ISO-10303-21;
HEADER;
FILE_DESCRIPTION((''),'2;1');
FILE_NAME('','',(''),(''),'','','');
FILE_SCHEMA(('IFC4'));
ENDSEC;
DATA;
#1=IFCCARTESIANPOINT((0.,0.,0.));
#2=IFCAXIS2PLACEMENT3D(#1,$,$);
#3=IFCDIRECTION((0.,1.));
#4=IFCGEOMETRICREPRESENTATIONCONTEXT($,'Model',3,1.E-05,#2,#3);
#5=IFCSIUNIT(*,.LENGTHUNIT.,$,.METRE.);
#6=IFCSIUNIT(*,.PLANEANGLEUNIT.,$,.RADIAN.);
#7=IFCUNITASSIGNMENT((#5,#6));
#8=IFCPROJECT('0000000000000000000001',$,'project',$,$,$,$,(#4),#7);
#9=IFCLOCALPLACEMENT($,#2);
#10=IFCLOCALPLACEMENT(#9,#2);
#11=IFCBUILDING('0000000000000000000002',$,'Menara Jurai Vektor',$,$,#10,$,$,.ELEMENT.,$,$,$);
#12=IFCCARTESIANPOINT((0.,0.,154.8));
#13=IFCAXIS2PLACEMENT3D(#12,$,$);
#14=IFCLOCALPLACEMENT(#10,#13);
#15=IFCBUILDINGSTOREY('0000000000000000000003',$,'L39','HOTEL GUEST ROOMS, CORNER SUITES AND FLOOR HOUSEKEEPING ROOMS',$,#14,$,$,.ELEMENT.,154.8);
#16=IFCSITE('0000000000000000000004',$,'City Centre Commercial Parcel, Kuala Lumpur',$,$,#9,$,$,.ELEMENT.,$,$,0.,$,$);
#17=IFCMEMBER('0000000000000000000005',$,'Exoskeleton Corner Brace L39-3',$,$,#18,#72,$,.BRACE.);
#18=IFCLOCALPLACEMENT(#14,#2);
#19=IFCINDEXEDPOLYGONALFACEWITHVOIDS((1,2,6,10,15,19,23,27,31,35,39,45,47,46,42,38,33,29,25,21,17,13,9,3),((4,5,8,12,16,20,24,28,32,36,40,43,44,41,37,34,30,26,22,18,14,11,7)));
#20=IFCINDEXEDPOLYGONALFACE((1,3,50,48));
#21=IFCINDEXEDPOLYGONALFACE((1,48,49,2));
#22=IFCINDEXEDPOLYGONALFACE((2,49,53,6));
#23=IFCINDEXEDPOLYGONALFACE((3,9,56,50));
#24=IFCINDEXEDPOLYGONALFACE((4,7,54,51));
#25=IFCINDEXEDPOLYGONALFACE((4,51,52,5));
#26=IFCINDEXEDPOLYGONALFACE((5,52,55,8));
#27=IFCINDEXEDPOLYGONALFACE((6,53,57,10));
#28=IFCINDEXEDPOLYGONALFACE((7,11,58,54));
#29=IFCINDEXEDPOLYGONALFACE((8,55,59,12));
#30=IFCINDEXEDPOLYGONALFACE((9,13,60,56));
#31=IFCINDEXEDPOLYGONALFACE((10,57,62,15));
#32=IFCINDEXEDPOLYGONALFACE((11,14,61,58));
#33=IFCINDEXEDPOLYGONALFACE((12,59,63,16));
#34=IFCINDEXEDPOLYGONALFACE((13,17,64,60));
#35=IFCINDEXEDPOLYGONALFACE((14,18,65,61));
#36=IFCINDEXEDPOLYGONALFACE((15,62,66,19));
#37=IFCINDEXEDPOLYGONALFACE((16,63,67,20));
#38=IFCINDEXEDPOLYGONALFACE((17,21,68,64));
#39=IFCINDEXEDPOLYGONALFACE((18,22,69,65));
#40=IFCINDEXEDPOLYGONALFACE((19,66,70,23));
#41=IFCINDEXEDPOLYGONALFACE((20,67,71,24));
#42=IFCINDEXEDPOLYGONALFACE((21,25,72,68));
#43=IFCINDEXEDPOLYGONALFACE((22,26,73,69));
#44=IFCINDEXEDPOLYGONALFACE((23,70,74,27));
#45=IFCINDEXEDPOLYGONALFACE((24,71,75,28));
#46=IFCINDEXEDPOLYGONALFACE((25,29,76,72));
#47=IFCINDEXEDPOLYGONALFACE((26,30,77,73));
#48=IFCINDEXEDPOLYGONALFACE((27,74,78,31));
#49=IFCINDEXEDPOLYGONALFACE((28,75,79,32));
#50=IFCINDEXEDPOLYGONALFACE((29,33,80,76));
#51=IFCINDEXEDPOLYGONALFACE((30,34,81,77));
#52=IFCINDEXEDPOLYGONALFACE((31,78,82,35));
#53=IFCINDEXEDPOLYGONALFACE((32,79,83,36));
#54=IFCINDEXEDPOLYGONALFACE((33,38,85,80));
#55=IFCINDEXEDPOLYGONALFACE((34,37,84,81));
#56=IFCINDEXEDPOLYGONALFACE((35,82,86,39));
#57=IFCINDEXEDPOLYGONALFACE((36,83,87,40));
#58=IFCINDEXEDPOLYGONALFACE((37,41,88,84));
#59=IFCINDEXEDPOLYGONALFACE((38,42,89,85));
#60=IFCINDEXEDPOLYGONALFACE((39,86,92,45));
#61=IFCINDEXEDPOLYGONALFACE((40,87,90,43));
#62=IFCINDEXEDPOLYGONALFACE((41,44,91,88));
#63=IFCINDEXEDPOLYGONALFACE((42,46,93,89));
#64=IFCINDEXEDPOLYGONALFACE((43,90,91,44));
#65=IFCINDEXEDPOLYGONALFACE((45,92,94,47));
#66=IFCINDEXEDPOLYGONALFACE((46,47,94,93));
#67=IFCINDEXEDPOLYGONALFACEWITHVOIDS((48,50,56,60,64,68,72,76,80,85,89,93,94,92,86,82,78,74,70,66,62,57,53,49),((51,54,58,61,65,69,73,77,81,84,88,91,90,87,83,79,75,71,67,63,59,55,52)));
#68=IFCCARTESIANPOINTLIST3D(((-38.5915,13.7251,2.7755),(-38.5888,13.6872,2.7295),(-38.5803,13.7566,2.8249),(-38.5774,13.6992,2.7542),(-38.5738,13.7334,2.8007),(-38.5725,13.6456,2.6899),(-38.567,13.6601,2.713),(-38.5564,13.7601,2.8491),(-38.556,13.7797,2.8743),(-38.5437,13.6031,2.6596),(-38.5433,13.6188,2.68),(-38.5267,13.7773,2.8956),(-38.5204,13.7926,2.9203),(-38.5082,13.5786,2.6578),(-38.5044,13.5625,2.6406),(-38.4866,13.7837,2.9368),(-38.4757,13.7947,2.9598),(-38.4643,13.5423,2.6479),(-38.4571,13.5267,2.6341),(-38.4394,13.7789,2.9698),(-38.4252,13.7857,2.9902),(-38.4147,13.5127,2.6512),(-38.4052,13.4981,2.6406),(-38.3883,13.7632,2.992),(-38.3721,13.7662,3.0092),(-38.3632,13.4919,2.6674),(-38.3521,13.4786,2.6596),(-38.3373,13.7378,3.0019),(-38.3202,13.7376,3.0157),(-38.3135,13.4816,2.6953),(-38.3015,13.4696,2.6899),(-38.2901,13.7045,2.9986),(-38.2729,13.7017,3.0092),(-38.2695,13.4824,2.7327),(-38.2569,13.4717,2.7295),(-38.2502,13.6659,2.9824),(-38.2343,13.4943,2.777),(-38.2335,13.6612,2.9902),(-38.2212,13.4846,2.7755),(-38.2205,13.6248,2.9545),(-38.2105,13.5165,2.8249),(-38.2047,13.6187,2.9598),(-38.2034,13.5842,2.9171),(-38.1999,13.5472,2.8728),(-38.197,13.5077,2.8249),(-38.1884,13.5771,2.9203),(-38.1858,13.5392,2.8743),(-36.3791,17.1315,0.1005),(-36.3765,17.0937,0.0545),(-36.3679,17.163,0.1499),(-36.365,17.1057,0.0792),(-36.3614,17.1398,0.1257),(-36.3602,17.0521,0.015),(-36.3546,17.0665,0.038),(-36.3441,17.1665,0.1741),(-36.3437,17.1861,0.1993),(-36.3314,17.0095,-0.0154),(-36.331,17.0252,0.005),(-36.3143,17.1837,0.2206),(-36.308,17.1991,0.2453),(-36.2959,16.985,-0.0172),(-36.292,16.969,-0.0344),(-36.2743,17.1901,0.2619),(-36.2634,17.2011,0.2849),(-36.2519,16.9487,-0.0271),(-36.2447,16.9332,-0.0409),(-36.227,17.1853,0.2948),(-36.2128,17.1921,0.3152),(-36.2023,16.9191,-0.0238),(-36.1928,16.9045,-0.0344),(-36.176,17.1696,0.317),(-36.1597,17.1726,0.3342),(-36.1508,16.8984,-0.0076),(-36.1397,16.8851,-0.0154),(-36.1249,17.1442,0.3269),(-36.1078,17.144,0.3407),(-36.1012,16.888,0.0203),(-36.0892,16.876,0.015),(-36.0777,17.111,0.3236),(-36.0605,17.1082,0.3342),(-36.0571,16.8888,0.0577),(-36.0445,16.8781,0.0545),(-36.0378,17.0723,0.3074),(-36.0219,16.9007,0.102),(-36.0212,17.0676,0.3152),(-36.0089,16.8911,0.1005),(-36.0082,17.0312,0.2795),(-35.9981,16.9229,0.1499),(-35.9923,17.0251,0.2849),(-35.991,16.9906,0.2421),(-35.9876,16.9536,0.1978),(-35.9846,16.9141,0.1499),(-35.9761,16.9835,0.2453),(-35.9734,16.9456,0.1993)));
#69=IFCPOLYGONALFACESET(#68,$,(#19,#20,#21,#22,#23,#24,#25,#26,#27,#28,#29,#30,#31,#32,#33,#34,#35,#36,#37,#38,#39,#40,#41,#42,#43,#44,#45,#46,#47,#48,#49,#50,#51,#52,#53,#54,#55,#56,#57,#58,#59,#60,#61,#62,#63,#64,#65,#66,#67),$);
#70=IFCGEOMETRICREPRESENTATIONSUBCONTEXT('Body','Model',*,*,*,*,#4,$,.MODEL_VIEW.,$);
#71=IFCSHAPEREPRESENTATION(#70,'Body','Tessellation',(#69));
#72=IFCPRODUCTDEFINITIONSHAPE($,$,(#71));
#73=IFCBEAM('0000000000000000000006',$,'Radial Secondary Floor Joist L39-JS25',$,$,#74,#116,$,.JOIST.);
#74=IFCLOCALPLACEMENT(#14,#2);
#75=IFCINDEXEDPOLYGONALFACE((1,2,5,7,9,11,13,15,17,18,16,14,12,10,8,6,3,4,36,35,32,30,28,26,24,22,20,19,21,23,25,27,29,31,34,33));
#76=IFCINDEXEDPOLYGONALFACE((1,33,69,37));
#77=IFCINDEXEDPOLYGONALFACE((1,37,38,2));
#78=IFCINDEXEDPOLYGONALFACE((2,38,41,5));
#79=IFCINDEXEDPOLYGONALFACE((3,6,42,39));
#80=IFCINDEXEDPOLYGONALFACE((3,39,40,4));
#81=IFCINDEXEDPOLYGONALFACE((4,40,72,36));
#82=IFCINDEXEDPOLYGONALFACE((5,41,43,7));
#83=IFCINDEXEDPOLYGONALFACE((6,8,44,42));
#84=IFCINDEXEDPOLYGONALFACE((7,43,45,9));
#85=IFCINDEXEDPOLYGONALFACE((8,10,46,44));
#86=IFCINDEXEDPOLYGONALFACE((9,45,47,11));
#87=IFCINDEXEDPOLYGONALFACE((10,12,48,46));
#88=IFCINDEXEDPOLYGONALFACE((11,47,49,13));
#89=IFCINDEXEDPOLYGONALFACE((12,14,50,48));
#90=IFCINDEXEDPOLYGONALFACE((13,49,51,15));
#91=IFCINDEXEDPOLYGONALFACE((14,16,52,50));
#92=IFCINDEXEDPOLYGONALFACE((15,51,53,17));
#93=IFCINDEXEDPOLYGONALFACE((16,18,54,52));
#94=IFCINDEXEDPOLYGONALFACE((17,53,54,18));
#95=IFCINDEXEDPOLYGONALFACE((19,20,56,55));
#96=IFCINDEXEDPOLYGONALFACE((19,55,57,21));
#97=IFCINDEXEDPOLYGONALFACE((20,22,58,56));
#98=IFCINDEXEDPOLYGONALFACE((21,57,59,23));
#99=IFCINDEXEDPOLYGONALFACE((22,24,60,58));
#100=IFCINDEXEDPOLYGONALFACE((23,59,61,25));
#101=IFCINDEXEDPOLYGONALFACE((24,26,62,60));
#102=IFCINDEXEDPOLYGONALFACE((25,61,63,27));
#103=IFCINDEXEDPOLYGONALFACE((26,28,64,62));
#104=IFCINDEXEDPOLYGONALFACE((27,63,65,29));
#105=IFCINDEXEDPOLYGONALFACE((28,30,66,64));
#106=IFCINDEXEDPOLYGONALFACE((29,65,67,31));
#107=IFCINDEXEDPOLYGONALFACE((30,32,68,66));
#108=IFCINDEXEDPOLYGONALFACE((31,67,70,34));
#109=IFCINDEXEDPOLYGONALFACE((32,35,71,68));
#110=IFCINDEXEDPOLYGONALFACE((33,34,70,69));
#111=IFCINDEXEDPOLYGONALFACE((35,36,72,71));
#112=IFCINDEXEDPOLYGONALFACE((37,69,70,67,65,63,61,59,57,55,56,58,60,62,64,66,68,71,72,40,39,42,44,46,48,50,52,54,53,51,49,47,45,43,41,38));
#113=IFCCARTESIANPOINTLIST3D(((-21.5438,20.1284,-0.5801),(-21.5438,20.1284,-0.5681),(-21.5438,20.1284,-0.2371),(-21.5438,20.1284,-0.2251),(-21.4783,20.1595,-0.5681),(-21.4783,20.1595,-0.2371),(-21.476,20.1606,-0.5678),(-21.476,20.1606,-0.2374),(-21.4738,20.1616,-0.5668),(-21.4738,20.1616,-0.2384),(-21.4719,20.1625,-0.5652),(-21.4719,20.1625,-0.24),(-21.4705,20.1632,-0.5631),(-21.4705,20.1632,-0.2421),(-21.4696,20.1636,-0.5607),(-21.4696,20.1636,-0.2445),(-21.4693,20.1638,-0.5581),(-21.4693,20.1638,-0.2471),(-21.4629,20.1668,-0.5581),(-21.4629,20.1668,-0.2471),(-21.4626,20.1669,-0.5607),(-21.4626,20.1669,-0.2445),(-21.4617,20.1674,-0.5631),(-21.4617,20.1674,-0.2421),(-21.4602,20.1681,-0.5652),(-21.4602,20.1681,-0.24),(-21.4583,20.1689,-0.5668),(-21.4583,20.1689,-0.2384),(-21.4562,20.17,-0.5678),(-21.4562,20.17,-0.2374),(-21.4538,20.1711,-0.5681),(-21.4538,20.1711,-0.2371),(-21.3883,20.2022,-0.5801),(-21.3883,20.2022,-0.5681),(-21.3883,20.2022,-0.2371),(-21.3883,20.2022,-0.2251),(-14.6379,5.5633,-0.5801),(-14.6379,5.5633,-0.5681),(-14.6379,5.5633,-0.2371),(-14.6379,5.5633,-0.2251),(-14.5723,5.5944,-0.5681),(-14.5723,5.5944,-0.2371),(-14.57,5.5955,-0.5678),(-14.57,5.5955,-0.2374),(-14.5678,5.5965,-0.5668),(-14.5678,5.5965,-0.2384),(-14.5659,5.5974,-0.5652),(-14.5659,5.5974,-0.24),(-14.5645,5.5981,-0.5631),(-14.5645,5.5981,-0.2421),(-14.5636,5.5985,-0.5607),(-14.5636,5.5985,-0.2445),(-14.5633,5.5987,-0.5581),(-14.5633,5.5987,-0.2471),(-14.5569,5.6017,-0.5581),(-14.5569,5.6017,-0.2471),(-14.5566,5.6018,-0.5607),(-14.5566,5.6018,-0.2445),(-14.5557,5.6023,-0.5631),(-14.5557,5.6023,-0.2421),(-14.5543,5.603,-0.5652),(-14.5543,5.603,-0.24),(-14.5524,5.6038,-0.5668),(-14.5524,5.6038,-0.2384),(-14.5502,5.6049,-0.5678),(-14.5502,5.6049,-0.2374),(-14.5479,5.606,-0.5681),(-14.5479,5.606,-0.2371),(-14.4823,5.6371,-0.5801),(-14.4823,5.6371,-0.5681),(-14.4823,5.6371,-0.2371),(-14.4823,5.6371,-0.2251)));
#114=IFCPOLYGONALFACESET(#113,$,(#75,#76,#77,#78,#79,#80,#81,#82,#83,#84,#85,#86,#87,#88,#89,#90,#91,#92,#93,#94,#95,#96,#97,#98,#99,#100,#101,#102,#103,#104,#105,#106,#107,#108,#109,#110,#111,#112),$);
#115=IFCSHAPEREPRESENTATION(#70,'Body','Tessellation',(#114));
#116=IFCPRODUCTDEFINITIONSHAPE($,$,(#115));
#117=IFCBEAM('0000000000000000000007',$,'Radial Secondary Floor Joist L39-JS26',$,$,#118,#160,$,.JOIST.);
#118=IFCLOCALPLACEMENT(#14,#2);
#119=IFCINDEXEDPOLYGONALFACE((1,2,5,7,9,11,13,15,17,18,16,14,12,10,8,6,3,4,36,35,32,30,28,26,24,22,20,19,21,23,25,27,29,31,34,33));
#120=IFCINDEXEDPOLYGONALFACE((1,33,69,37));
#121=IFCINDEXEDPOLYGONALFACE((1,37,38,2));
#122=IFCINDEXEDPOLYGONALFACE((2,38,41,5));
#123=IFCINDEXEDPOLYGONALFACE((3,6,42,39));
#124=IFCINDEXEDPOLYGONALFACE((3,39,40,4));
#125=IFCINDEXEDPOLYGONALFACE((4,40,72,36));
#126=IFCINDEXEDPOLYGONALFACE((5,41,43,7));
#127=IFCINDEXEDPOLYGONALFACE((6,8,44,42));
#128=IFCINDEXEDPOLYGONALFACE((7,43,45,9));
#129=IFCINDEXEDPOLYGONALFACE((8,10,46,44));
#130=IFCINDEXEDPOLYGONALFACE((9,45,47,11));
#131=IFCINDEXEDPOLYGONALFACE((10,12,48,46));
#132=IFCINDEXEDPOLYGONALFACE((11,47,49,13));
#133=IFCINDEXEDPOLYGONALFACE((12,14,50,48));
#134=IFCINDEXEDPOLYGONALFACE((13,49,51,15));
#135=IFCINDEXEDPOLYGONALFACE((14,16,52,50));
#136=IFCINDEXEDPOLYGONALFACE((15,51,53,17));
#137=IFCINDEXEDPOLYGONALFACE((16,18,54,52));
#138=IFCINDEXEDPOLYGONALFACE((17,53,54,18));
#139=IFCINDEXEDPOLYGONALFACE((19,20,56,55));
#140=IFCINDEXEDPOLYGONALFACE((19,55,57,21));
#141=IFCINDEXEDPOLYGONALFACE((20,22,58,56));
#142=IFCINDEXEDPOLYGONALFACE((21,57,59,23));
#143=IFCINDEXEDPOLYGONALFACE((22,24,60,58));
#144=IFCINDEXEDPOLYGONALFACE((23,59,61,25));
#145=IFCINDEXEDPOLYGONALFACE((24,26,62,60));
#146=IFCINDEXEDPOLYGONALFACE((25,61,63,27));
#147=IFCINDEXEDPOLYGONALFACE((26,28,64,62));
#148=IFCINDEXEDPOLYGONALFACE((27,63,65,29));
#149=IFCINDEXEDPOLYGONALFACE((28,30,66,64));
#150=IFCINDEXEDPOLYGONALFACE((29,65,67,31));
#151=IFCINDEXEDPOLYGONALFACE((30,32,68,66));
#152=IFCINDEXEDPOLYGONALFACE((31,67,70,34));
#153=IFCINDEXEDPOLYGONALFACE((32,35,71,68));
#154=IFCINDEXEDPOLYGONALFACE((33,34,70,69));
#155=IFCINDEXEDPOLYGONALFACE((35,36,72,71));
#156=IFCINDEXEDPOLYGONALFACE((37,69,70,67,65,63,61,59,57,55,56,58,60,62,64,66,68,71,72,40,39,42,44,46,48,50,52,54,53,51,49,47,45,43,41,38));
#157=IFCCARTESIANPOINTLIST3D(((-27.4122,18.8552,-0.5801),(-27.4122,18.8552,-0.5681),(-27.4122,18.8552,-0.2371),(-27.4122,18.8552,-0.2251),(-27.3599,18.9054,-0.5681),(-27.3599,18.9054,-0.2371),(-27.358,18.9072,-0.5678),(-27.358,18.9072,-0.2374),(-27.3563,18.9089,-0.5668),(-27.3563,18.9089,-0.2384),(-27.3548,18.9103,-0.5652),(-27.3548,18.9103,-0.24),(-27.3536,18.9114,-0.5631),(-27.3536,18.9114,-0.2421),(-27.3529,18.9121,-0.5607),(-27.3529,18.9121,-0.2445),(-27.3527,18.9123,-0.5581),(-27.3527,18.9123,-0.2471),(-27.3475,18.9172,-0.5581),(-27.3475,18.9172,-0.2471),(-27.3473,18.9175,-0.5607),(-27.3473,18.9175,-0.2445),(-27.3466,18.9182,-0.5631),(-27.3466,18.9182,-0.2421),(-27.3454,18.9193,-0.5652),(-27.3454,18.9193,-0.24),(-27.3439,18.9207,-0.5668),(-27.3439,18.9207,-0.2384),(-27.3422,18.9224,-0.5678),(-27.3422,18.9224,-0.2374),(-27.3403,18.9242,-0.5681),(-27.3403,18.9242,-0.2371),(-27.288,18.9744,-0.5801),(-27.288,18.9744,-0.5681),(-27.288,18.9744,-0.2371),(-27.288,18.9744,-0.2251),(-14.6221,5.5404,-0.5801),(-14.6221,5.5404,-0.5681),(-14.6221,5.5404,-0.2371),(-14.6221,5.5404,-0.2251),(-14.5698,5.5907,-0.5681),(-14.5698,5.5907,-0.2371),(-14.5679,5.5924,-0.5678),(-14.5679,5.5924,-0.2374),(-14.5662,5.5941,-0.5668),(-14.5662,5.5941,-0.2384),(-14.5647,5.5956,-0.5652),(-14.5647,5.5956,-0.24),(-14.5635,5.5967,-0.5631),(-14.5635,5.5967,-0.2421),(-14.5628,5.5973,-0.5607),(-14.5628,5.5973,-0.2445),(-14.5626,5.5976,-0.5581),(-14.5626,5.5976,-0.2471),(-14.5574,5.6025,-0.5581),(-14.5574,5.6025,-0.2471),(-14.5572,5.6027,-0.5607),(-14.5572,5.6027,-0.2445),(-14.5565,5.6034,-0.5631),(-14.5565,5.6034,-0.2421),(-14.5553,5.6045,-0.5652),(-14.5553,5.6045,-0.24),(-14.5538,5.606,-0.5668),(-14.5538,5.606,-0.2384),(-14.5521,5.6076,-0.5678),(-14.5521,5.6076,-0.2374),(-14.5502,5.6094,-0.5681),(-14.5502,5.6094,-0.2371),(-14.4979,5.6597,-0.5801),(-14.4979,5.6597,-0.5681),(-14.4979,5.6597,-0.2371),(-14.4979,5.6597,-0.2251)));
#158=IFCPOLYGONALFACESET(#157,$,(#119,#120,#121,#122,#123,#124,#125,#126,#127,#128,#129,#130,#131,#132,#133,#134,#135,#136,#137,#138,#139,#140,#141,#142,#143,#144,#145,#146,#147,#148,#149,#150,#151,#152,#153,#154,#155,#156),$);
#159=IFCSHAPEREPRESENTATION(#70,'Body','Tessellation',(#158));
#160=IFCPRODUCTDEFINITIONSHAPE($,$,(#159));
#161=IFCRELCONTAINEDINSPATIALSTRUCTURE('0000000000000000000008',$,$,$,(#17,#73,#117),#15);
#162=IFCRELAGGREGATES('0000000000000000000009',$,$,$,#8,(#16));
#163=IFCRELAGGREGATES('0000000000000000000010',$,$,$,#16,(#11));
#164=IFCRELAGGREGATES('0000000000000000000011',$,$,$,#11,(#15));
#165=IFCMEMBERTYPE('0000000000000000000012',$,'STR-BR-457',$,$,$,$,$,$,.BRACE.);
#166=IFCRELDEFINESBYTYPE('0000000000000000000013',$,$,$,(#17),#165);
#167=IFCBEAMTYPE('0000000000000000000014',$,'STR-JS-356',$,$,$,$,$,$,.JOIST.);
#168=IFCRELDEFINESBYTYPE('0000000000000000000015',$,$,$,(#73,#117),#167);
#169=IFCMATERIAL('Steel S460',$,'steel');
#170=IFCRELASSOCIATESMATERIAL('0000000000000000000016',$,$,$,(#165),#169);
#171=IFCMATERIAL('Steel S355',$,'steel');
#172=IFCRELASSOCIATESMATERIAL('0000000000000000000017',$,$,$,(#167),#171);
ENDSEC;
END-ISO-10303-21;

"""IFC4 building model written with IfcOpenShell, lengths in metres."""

from ifc_helpers import new_model, si_unit, direction, frame, origin, origin_2d, place, context, subcontext, project, spatial, hollow_circle, i_section, extrude, material, material_profile, profile_set, type_object, element, save


model = new_model("IFC4")

# Units and contexts
model_context = context("Model", 3, precision=1e-05, world=origin(), true_north=direction((0.0, 1.0)))
body_context = subcontext(model_context, "Body", "Model", "MODEL_VIEW")
ifc_project = project(units=[si_unit("LENGTHUNIT", "METRE"), si_unit("PLANEANGLEUNIT", "RADIAN")], contexts=[model_context])

# Site, building, storey
site_placement = place(None, origin())
site = spatial("IfcSite", under=ifc_project, at=site_placement, Name="City Centre Commercial Parcel, Kuala Lumpur", CompositionType="ELEMENT", RefElevation=0.0)
building_placement = place(site_placement, origin())
building = spatial("IfcBuilding", under=site, at=building_placement, Name="Menara Jurai Vektor", CompositionType="ELEMENT")
storey_placement = place(building_placement, frame((0.0, 0.0, 154.8)))
storey = spatial("IfcBuildingStorey", under=building, at=storey_placement, Name="L39", Description="HOTEL GUEST ROOMS, CORNER SUITES AND FLOOR HOUSEKEEPING ROOMS", CompositionType="ELEMENT", Elevation=154.8)

# Shared definitions
ifc_material_1 = material(Name="Steel S460", Category="steel")

# Shared definitions
ifc_material_2 = material(Name="Steel S355", Category="steel")

# Member
ifc_material_profile_1 = material_profile(ifc_material_1, hollow_circle(Radius=0.2285, WallThickness=0.0161, at=origin_2d()), Name="CHS 457x16")
ifc_profile_set_1 = profile_set([ifc_material_profile_1], Name="Steel S460")
member_type_1 = type_object("IfcMemberType", Name="STR-BR-457", PredefinedType="BRACE", material=ifc_profile_set_1)
member_1_placement = place(storey_placement, frame((-36.1763, 17.0386, 0.1499), z_axis=(-0.454888, -0.700403, 0.550012), x_axis=(0.838648, -0.544674, 0.0)))
element("IfcMember", 1, at=member_1_placement, inside=storey, type_object=member_type_1, Name="Exoskeleton Corner Brace L39-3", PredefinedType="BRACE", context=body_context, shape_type="SweptSolid", body=[
    extrude(hollow_circle(Radius=0.2285, WallThickness=0.0161, at=origin_2d()), origin(), (0.0, 0.0, 1.0), 4.8635),
])

# Beams
ifc_material_profile_2 = material_profile(ifc_material_2, i_section(OverallWidth=0.1721, OverallDepth=0.355, WebThickness=0.0071, FlangeThickness=0.012, FilletRadius=0.01, at=origin_2d()), Name="UKB 356x171x51")
ifc_profile_set_2 = profile_set([ifc_material_profile_2], Name="Steel S355")
beam_type_1 = type_object("IfcBeamType", Name="STR-JS-356", PredefinedType="JOIST", material=ifc_profile_set_2)
beam_1_placement = place(storey_placement, frame((-21.4661, 20.1653, -0.4026), z_axis=(0.428426, -0.903577, 0.0), x_axis=(0.903577, 0.428426, 0.0)))
element("IfcBeam", 2, at=beam_1_placement, inside=storey, type_object=beam_type_1, Name="Radial Secondary Floor Joist L39-JS25", PredefinedType="JOIST", context=body_context, shape_type="SweptSolid", body=[
    extrude(i_section(OverallWidth=0.1721, OverallDepth=0.355, WebThickness=0.0071, FlangeThickness=0.012, FilletRadius=0.01, at=origin_2d()), origin(), (0.0, 0.0, 1.0), 16.1194),
])
beam_2_placement = place(storey_placement, frame((-27.3501, 18.9148, -0.4026), z_axis=(0.692755, -0.721173, 0.0), x_axis=(0.721173, 0.692755, 0.0)))
element("IfcBeam", 3, at=beam_2_placement, inside=storey, type_object=beam_type_1, Name="Radial Secondary Floor Joist L39-JS26", PredefinedType="JOIST", context=body_context, shape_type="SweptSolid", body=[
    extrude(i_section(OverallWidth=0.1721, OverallDepth=0.355, WebThickness=0.0071, FlangeThickness=0.012, FilletRadius=0.01, at=origin_2d()), origin(), (0.0, 0.0, 1.0), 18.4626),
])

save(model, "model.ifc")
